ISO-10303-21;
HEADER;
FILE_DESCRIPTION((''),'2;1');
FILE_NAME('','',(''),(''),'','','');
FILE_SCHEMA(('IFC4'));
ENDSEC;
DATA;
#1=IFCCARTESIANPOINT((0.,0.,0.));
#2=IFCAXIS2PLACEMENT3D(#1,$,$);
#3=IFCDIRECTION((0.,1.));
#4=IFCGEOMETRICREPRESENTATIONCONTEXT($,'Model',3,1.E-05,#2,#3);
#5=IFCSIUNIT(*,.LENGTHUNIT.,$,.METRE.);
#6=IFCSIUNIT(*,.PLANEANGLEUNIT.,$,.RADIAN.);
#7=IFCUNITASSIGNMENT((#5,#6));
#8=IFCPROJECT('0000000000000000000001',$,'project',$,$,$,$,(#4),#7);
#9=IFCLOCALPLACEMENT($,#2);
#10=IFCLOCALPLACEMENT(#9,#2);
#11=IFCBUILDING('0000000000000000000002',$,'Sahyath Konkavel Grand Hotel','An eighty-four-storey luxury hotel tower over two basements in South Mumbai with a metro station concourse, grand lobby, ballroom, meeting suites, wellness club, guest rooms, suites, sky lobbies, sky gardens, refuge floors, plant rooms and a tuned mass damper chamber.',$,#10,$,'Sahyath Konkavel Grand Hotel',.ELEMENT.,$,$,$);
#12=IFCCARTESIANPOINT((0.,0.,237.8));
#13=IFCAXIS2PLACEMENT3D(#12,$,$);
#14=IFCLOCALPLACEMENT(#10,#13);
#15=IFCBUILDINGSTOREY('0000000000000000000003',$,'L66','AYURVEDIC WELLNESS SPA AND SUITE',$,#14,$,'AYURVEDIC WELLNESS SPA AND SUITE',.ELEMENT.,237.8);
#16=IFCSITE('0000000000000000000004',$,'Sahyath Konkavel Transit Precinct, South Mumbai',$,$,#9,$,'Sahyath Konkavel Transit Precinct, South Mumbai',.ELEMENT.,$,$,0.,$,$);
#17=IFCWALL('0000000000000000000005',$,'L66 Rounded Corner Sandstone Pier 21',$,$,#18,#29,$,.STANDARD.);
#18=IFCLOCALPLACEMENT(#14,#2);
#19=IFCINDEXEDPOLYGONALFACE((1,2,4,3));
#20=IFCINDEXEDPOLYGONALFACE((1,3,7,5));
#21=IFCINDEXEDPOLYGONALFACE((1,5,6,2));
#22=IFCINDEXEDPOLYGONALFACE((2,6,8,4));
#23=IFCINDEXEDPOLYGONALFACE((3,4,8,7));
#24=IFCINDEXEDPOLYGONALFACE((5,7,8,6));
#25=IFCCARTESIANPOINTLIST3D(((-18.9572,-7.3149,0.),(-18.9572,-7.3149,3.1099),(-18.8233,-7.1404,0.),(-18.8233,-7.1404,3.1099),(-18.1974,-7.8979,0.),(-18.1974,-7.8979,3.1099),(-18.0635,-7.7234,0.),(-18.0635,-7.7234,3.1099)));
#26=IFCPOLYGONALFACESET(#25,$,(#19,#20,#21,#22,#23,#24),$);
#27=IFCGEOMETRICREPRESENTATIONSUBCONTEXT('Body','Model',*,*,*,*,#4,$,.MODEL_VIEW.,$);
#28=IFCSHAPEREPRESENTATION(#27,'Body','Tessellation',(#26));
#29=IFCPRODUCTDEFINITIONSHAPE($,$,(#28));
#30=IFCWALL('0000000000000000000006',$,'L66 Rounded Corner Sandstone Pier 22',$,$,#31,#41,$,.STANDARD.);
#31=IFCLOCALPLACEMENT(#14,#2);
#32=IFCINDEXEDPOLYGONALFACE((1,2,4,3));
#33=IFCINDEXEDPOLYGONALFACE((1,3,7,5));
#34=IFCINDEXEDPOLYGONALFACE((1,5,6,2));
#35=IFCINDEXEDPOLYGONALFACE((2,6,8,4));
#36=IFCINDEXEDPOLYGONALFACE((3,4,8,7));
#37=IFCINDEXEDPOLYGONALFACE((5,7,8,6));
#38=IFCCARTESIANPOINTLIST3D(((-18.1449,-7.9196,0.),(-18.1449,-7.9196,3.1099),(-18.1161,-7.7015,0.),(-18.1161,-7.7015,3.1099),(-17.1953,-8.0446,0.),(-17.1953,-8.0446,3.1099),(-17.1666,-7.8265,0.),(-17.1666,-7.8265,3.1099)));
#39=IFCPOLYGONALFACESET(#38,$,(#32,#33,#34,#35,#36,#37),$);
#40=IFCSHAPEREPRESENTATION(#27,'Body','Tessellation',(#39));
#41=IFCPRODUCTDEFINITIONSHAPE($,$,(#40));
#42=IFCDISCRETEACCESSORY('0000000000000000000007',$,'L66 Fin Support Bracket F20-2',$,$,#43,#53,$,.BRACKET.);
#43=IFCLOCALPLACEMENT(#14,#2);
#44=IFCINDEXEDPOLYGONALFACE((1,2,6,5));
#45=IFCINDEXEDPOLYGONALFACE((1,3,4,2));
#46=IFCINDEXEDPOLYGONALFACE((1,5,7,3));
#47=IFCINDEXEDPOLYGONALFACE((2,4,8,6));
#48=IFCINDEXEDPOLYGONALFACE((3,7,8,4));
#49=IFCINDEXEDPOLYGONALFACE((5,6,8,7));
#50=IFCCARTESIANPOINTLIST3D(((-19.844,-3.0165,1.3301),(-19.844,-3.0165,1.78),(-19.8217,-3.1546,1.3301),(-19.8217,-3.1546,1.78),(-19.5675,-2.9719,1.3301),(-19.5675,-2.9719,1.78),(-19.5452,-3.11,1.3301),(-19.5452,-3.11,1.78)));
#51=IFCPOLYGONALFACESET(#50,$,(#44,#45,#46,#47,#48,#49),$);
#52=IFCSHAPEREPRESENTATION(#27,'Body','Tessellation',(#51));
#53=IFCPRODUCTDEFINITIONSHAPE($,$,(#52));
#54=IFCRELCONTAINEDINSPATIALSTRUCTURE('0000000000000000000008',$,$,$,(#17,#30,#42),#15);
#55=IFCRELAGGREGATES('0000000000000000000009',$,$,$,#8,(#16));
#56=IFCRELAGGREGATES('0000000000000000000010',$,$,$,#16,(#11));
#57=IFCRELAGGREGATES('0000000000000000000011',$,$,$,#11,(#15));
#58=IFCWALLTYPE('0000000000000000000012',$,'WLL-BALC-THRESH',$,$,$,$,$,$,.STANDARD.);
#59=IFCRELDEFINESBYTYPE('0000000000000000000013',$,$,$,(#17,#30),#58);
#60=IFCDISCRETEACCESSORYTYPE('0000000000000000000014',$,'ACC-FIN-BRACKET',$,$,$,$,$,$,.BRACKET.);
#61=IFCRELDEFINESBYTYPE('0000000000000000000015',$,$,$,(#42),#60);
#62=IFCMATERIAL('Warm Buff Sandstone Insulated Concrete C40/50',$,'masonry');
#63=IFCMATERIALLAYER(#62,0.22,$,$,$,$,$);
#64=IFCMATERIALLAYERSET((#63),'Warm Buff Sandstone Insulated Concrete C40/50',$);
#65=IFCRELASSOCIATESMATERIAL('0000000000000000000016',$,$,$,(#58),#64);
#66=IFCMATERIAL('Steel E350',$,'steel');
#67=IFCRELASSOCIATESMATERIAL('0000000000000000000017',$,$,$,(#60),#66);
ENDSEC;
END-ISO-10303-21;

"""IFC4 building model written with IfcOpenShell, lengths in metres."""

from ifc_helpers import new_model, si_unit, direction, frame, frame_2d, origin, origin_2d, place, context, subcontext, project, spatial, rectangle, extrude, source, transform, mapped, material, layer, layer_set, type_object, element, save


model = new_model("IFC4")

# Units and contexts
model_context = context("Model", 3, precision=1e-05, world=origin(), true_north=direction((0.0, 1.0)))
body_context = subcontext(model_context, "Body", "Model", "MODEL_VIEW")
ifc_project = project(units=[si_unit("LENGTHUNIT", "METRE"), si_unit("PLANEANGLEUNIT", "RADIAN")], contexts=[model_context])

# Site, building, storey
site_placement = place(None, origin())
site = spatial("IfcSite", under=ifc_project, at=site_placement, Name="Sahyath Konkavel Transit Precinct, South Mumbai", LongName="Sahyath Konkavel Transit Precinct, South Mumbai", CompositionType="ELEMENT", RefElevation=0.0)
building_placement = place(site_placement, origin())
building = spatial("IfcBuilding", under=site, at=building_placement, Name="Sahyath Konkavel Grand Hotel", Description="An eighty-four-storey luxury hotel tower over two basements in South Mumbai with a metro station concourse, grand lobby, ballroom, meeting suites, wellness club, guest rooms, suites, sky lobbies, sky gardens, refuge floors, plant rooms and a tuned mass damper chamber.", LongName="Sahyath Konkavel Grand Hotel", CompositionType="ELEMENT")
storey_placement = place(building_placement, frame((0.0, 0.0, 237.8)))
storey = spatial("IfcBuildingStorey", under=building, at=storey_placement, Name="L66", Description="AYURVEDIC WELLNESS SPA AND SUITE", LongName="AYURVEDIC WELLNESS SPA AND SUITE", CompositionType="ELEMENT", Elevation=237.8)

# Shared definitions
ifc_material_1 = material(Name="Steel E350", Category="steel")

# Walls
ifc_material_2 = material(Name="Warm Buff Sandstone Insulated Concrete C40/50", Category="masonry")
ifc_layer_1 = layer(ifc_material_2, 0.22)
ifc_layer_set_1 = layer_set([ifc_layer_1], Name="Warm Buff Sandstone Insulated Concrete C40/50")
wall_type = type_object("IfcWallType", Name="WLL-BALC-THRESH", PredefinedType="STANDARD", material=ifc_layer_set_1)
for number, where, z_axis, x_axis, name in (
    (1, (-18.8904, -7.2275, 0.0), (0.0, 0.0, 1.0), (0.793344, -0.608774, 0.0), "L66 Rounded Corner Sandstone Pier 21"),
    (2, (-18.1306, -7.8105, 0.0), (0.0, 0.0, 1.0), (0.991445, -0.130527, 0.0), "L66 Rounded Corner Sandstone Pier 22"),
):
    element("IfcWall", number, at=place(storey_placement, frame(where, z_axis=z_axis, x_axis=x_axis)), inside=storey, type_object=wall_type, Name=name, PredefinedType="STANDARD", context=body_context, shape_type="SweptSolid", body=[
        extrude(rectangle(XDim=0.9578, YDim=0.22, at=frame_2d((0.479, 0.0))), origin(), (0.0, 0.0, 1.0), 3.1099),
    ])

# Discrete accessory
discrete_accessory_type = type_object("IfcDiscreteAccessoryType", Name="ACC-FIN-BRACKET", PredefinedType="BRACKET", material=ifc_material_1)
shared_shape_1 = source(origin(), body_context, "Body", "SweptSolid", [
    extrude(rectangle(XDim=0.28, YDim=0.1399, at=origin_2d()), origin(), (0.0, 0.0, 1.0), 0.45),
])
discrete_accessory_placement = place(storey_placement, frame((-19.6946, -3.0632, 1.3301), z_axis=(0.0, 0.0, 1.0), x_axis=(-0.987206, -0.15945, 0.0)))
element("IfcDiscreteAccessory", 3, at=discrete_accessory_placement, inside=storey, type_object=discrete_accessory_type, Name="L66 Fin Support Bracket F20-2", PredefinedType="BRACKET", context=body_context, shape_type="MappedRepresentation", body=[
    mapped(shared_shape_1, transform((0.0, 0.0, 0.0), scale=1.0)),
])

save(model, "model.ifc")
